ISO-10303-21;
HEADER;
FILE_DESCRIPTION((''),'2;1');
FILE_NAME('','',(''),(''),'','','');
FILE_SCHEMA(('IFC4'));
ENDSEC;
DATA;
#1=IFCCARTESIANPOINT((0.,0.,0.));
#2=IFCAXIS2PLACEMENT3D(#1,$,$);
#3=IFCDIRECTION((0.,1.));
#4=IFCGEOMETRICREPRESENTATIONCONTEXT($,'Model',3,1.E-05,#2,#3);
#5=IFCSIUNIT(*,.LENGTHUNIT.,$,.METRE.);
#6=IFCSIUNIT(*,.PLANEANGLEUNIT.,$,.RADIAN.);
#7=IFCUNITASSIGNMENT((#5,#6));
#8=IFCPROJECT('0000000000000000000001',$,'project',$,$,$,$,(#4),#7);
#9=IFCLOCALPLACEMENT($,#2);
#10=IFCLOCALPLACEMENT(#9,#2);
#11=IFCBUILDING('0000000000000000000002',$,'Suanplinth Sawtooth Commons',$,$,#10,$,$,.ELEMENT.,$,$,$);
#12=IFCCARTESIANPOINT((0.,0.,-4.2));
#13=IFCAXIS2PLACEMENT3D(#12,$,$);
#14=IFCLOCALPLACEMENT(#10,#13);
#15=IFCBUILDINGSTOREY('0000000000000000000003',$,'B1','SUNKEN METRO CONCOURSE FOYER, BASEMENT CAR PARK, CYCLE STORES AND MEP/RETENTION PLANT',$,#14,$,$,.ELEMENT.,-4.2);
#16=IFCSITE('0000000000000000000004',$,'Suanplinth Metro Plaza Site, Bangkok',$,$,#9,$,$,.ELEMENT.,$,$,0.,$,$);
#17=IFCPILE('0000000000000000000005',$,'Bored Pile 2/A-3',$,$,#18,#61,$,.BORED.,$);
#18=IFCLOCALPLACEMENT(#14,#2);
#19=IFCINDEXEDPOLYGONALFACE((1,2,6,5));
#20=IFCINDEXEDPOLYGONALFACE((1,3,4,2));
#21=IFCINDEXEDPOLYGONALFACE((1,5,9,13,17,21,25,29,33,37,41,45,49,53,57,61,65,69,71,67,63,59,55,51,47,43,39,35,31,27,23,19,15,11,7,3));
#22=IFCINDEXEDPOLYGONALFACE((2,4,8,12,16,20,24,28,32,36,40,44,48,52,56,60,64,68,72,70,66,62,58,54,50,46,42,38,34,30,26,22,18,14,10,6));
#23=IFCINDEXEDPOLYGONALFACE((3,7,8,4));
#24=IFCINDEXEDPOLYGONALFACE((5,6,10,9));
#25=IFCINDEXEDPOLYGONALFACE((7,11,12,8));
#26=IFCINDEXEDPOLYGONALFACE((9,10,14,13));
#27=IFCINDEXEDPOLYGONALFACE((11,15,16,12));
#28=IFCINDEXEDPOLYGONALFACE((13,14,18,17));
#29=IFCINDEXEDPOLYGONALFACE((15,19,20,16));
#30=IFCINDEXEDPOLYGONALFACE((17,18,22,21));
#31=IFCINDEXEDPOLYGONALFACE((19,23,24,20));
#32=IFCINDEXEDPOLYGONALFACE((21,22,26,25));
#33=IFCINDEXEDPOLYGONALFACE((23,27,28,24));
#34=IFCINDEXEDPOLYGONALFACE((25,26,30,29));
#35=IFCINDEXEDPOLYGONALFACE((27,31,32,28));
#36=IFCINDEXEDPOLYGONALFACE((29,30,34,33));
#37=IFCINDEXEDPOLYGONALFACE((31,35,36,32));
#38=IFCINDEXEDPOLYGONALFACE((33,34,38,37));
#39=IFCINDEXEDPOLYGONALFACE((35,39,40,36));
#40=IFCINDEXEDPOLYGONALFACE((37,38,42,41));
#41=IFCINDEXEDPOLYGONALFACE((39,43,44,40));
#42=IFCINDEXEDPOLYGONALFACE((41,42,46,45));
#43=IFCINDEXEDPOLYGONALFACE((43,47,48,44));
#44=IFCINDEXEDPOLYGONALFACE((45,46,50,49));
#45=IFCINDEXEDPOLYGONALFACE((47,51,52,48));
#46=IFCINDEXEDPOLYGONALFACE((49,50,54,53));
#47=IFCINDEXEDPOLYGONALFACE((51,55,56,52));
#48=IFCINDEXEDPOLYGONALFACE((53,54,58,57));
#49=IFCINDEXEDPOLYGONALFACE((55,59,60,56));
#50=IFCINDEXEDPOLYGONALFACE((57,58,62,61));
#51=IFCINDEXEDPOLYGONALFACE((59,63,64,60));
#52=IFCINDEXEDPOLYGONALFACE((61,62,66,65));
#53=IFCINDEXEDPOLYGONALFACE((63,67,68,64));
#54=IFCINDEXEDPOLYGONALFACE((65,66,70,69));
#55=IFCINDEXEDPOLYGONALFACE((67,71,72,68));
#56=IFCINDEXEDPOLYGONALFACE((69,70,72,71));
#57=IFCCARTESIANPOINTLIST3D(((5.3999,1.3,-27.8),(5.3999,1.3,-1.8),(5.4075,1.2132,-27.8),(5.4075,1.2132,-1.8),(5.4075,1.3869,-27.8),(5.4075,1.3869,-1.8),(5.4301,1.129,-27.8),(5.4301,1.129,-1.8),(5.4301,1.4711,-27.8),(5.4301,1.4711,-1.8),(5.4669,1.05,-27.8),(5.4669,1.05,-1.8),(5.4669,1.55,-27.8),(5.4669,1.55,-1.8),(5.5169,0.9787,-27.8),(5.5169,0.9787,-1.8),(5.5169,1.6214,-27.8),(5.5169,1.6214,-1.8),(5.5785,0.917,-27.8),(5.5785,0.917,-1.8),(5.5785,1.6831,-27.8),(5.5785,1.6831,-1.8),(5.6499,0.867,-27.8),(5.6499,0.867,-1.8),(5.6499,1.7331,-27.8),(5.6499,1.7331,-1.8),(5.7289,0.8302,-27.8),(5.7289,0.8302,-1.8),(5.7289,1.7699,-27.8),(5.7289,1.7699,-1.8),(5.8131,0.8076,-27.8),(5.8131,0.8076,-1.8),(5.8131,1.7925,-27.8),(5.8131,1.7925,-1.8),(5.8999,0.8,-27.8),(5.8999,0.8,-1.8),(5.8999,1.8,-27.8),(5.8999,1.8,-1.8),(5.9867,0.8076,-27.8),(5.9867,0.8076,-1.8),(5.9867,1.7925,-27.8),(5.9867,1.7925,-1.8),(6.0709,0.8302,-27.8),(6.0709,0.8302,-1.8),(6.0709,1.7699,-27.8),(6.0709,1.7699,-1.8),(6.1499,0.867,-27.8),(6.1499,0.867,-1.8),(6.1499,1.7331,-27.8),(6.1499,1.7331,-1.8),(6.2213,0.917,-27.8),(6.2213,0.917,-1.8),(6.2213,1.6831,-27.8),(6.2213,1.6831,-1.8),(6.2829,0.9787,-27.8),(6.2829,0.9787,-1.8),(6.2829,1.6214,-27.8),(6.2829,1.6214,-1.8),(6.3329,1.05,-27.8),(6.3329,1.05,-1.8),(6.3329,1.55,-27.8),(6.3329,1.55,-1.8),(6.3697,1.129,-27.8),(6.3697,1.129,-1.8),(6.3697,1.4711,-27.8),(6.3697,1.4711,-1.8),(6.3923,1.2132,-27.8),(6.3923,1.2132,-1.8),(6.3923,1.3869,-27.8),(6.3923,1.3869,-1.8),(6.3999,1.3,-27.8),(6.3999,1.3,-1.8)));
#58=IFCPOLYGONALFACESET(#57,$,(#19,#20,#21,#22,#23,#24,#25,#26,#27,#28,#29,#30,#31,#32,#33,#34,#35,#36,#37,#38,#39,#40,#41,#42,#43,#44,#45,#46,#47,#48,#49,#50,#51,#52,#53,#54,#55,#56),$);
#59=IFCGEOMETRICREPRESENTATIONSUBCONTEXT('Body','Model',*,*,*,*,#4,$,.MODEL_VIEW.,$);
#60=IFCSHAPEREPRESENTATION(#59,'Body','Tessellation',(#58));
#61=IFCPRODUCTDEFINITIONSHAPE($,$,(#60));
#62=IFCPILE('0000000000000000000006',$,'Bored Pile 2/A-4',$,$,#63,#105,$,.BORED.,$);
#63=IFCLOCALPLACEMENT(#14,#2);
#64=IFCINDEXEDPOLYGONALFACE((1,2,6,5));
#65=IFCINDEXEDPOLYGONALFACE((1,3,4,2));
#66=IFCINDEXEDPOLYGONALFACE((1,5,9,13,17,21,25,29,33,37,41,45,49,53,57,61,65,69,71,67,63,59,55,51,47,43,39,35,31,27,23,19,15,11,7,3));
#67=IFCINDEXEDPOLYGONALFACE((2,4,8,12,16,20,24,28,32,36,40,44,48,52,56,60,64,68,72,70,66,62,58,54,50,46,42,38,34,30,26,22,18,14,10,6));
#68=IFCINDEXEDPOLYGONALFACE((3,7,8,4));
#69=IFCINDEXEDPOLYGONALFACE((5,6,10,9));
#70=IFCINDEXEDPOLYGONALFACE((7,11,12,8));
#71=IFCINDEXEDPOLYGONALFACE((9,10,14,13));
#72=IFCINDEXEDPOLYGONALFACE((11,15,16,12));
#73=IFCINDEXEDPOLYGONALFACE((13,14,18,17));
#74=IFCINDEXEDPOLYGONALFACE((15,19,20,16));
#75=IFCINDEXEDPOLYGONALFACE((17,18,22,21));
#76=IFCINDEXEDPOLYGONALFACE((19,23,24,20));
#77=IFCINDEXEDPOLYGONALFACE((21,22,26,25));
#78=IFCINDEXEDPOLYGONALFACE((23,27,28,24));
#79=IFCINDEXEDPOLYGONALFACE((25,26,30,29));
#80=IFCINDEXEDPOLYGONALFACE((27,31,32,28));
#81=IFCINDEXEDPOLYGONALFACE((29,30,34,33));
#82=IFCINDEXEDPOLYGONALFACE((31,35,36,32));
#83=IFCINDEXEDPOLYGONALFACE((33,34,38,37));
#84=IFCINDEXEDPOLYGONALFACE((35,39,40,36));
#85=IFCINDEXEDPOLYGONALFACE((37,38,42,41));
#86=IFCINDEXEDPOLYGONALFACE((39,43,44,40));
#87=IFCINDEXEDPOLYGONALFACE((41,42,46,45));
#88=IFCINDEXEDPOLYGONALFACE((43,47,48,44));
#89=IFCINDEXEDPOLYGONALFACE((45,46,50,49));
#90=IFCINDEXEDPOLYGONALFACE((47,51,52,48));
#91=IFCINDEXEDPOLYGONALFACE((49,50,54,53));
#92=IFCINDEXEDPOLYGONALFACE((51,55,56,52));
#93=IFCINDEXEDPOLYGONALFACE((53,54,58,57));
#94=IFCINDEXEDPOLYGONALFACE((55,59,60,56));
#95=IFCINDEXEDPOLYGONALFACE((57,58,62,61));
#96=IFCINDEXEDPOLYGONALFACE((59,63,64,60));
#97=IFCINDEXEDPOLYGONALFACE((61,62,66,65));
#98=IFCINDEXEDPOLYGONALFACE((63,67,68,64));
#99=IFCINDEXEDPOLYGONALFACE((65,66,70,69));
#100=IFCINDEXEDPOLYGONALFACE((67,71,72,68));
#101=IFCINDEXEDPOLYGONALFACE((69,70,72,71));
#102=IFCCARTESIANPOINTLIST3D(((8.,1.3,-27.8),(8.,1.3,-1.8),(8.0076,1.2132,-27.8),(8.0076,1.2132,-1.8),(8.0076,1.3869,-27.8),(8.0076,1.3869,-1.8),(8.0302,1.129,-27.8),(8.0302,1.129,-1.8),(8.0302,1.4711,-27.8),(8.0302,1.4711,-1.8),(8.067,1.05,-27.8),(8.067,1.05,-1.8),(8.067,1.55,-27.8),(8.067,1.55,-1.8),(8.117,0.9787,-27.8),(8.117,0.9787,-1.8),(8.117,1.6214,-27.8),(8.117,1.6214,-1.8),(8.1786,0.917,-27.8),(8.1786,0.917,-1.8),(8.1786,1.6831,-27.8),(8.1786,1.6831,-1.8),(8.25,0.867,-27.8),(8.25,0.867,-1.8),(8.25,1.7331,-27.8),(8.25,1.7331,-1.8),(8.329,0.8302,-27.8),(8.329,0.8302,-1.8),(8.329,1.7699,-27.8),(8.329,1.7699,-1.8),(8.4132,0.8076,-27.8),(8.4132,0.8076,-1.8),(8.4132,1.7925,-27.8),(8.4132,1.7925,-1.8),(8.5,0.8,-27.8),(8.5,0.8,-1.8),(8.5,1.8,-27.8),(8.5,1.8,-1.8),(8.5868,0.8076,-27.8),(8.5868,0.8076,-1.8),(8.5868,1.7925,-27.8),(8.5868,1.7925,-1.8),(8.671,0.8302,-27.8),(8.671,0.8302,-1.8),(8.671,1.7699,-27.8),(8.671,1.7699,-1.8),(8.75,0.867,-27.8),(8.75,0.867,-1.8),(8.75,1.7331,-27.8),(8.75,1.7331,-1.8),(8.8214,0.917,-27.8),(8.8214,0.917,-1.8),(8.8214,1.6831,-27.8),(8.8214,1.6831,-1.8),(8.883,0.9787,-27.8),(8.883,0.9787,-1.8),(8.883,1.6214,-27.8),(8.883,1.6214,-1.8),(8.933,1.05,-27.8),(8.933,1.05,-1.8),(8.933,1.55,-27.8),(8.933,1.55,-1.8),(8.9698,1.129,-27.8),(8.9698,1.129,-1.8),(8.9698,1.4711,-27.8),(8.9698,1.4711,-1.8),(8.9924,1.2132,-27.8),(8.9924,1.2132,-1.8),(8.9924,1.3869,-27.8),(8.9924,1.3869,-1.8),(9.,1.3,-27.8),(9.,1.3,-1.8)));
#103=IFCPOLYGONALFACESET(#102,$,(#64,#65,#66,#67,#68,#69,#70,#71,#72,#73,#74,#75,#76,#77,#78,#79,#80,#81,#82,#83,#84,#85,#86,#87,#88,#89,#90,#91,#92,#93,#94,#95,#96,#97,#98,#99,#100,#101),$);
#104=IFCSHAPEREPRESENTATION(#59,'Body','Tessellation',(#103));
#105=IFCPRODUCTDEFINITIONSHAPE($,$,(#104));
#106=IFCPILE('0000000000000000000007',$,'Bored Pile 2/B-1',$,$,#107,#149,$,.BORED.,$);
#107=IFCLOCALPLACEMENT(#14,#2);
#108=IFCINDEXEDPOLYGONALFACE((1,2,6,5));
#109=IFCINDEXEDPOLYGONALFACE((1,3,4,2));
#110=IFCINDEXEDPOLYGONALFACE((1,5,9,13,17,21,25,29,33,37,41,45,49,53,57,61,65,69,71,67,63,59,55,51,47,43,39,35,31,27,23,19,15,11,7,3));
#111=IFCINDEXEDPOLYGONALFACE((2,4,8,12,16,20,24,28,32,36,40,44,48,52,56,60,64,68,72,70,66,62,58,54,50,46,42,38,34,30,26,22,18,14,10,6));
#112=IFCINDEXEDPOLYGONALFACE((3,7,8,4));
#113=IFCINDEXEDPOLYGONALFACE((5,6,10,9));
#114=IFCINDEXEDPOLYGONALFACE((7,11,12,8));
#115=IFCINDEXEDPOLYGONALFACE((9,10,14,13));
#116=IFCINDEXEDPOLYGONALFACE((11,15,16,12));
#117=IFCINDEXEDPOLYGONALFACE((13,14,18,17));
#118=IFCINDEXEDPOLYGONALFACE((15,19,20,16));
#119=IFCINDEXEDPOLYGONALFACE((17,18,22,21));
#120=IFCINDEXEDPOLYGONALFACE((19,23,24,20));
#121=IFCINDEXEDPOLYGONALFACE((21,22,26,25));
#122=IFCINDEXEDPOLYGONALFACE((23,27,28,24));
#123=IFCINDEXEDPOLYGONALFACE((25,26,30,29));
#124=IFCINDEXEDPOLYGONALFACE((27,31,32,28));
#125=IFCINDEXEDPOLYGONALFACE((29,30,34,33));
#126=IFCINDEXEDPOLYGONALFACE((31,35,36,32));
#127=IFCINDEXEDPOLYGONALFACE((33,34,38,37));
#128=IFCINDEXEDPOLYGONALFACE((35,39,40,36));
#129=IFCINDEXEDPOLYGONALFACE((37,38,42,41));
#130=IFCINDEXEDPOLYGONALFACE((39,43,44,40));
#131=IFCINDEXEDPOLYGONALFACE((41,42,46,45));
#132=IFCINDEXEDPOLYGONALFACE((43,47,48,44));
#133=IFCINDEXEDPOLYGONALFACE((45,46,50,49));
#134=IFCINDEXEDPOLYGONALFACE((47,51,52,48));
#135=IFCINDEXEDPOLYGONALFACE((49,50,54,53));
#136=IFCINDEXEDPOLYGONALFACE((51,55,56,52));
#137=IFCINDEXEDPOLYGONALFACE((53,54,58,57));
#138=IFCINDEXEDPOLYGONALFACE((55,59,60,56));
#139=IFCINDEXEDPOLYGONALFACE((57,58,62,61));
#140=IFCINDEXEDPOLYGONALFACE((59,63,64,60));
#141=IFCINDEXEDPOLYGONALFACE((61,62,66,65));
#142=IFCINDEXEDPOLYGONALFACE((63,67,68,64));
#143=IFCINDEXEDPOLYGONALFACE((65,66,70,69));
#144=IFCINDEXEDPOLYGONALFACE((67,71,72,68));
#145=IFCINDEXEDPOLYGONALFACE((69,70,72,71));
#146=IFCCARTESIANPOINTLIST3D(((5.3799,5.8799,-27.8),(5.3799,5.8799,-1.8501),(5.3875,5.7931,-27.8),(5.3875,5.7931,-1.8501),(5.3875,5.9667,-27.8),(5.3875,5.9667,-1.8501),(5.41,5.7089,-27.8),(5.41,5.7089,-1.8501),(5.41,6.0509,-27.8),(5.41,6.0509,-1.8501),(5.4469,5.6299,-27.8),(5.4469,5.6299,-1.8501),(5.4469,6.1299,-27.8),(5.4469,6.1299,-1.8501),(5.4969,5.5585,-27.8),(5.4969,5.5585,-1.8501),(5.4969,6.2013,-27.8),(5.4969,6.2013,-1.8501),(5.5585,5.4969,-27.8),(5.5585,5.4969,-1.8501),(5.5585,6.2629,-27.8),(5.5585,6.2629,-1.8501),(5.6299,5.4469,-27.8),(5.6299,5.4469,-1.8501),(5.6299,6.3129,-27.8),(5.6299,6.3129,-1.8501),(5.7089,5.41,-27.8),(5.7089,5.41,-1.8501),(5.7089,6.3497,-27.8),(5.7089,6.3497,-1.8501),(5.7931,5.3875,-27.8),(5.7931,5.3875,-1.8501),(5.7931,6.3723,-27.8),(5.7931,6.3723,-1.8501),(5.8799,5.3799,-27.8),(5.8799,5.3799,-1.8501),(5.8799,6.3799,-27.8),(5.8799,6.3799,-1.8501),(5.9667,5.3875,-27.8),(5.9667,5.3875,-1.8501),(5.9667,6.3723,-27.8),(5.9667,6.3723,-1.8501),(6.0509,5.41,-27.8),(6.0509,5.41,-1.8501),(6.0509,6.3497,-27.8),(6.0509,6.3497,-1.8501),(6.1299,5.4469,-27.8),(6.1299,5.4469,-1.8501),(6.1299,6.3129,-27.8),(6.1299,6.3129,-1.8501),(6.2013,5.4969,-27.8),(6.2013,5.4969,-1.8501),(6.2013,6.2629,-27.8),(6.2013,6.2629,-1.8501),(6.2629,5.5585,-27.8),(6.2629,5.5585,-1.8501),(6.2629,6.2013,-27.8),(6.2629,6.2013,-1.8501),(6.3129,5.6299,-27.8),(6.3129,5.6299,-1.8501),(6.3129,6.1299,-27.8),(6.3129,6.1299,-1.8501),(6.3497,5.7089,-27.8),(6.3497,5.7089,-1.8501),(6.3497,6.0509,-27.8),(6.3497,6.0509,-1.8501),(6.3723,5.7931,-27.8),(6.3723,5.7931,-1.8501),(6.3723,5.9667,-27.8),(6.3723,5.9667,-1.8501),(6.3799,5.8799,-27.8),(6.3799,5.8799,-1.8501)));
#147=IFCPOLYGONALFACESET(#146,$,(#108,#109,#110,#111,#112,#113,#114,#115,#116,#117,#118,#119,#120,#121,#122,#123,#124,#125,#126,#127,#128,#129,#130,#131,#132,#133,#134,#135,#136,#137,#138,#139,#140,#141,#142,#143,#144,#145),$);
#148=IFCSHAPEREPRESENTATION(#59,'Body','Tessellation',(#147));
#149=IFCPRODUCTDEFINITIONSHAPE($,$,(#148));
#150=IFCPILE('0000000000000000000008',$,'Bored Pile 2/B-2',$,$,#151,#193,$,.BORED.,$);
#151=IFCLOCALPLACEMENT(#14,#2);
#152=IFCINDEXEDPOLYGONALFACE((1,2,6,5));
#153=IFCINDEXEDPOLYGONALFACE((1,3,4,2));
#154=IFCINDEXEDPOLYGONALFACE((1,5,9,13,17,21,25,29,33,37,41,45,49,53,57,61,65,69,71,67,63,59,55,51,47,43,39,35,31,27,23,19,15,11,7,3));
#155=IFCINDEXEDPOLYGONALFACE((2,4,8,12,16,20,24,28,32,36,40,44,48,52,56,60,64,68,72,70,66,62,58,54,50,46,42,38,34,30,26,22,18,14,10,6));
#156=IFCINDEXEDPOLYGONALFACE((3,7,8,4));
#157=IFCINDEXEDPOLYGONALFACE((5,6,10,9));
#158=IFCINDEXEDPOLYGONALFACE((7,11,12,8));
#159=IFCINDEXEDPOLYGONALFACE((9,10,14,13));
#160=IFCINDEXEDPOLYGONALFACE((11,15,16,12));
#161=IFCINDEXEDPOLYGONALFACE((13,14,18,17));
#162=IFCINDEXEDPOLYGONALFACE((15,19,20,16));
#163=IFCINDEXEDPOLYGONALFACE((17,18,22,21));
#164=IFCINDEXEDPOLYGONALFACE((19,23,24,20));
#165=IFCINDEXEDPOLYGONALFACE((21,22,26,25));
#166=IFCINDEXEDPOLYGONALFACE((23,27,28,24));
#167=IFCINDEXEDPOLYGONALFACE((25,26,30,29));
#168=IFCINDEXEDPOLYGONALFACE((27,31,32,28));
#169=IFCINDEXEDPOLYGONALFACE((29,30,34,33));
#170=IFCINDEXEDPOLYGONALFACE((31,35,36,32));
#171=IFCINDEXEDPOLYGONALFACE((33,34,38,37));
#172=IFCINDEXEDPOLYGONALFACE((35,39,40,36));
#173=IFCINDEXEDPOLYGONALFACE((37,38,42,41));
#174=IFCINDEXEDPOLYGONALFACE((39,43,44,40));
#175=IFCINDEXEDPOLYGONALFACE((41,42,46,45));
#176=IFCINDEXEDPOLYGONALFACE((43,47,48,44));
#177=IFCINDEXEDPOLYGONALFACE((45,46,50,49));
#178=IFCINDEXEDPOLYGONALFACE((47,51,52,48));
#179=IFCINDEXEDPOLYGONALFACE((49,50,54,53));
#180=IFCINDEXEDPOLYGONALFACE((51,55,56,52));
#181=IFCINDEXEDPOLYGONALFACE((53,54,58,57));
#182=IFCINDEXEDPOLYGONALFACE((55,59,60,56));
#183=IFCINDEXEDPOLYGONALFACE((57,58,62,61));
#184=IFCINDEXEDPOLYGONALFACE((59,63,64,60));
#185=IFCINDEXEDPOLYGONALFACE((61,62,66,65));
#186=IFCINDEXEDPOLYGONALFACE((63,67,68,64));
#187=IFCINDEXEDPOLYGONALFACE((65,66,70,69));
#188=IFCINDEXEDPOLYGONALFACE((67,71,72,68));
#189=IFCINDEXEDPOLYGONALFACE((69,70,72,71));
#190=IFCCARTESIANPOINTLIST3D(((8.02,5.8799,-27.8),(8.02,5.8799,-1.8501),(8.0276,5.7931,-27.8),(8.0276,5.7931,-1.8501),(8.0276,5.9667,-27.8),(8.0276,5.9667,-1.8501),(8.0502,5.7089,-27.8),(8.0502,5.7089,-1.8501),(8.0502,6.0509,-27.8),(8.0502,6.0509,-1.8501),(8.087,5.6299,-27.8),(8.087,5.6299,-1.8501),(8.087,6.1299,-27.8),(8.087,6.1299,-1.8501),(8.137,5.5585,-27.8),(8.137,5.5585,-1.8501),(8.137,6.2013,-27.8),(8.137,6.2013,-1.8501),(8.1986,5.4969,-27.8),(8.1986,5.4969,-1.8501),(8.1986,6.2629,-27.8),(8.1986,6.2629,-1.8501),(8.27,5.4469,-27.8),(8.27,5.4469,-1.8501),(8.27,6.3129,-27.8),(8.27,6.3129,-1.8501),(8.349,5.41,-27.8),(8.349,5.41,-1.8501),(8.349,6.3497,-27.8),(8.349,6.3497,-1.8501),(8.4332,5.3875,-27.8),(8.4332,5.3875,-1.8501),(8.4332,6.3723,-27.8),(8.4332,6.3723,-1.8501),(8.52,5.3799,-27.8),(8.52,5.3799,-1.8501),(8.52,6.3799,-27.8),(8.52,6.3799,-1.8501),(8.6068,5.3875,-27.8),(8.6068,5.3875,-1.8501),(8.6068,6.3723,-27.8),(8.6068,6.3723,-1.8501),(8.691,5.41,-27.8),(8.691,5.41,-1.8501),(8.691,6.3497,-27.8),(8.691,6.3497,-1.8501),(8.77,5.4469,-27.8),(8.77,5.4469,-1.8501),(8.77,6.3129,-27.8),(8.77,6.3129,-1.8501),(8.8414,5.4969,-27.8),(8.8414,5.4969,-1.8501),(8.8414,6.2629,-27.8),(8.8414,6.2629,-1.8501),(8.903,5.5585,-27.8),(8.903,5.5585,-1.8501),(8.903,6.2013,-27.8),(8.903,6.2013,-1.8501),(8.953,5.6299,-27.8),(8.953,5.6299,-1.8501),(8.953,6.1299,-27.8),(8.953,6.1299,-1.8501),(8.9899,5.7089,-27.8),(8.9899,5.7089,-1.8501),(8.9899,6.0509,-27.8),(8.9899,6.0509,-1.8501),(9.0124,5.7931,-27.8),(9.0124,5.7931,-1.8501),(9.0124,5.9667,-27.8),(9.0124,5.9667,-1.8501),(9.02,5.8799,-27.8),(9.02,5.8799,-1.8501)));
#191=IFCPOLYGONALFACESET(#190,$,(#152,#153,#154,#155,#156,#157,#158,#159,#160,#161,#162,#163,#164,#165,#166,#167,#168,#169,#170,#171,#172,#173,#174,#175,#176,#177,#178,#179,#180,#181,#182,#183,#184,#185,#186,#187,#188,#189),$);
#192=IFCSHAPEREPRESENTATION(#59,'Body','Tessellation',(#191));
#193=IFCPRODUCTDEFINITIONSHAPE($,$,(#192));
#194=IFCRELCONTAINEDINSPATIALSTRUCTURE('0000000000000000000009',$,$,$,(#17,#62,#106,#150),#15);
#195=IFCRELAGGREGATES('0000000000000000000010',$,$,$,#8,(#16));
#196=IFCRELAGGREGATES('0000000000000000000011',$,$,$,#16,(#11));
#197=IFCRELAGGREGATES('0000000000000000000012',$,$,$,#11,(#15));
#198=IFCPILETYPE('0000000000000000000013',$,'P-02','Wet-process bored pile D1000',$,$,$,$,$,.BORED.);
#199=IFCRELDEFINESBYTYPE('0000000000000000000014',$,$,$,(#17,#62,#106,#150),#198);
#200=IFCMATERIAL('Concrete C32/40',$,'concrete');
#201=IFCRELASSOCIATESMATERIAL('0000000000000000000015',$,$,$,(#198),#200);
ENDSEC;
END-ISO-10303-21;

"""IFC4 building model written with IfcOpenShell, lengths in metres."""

from ifc_helpers import new_model, si_unit, direction, frame, origin, origin_2d, place, context, subcontext, project, spatial, circle, extrude, material, material_profile, profile_set, type_object, element, save


model = new_model("IFC4")

# Units and contexts
model_context = context("Model", 3, precision=1e-05, world=origin(), true_north=direction((0.0, 1.0)))
body_context = subcontext(model_context, "Body", "Model", "MODEL_VIEW")
ifc_project = project(units=[si_unit("LENGTHUNIT", "METRE"), si_unit("PLANEANGLEUNIT", "RADIAN")], contexts=[model_context])

# Site, building, storey
site_placement = place(None, origin())
site = spatial("IfcSite", under=ifc_project, at=site_placement, Name="Suanplinth Metro Plaza Site, Bangkok", CompositionType="ELEMENT", RefElevation=0.0)
building_placement = place(site_placement, origin())
building = spatial("IfcBuilding", under=site, at=building_placement, Name="Suanplinth Sawtooth Commons", CompositionType="ELEMENT")
storey_placement = place(building_placement, frame((0.0, 0.0, -4.2)))
storey = spatial("IfcBuildingStorey", under=building, at=storey_placement, Name="B1", Description="SUNKEN METRO CONCOURSE FOYER, BASEMENT CAR PARK, CYCLE STORES AND MEP/RETENTION PLANT", CompositionType="ELEMENT", Elevation=-4.2)

# Piles
ifc_material_1 = material(Name="Concrete C32/40", Category="concrete")
ifc_material_profile_1 = material_profile(ifc_material_1, circle(Radius=0.5, at=origin_2d()), Name="PILE D1000")
ifc_profile_set_1 = profile_set([ifc_material_profile_1], Name="Concrete C32/40")
pile_type = type_object("IfcPileType", Name="P-02", Description="Wet-process bored pile D1000", PredefinedType="BORED", material=ifc_profile_set_1)
for number, where, z_axis, x_axis, name in (
    (1, (5.8999, 1.3, -1.8), (0.0, 0.0, -1.0), (1.0, 0.0, 0.0), "Bored Pile 2/A-3"),
    (2, (8.5, 1.3, -1.8), (0.0, 0.0, -1.0), (1.0, 0.0, 0.0), "Bored Pile 2/A-4"),
):
    element("IfcPile", number, at=place(storey_placement, frame(where, z_axis=z_axis, x_axis=x_axis)), inside=storey, type_object=pile_type, Name=name, PredefinedType="BORED", context=body_context, shape_type="SweptSolid", body=[
        extrude(circle(Radius=0.5, at=origin_2d()), origin(), (0.0, 0.0, 1.0), 26.0),
    ])
for number, where, z_axis, x_axis, name in (
    (3, (5.8799, 5.8799, -1.8501), (0.0, 0.0, -1.0), (1.0, 0.0, 0.0), "Bored Pile 2/B-1"),
    (4, (8.52, 5.8799, -1.8501), (0.0, 0.0, -1.0), (1.0, 0.0, 0.0), "Bored Pile 2/B-2"),
):
    element("IfcPile", number, at=place(storey_placement, frame(where, z_axis=z_axis, x_axis=x_axis)), inside=storey, type_object=pile_type, Name=name, PredefinedType="BORED", context=body_context, shape_type="SweptSolid", body=[
        extrude(circle(Radius=0.5, at=origin_2d()), origin(), (0.0, 0.0, 1.0), 25.95),
    ])

save(model, "model.ifc")
